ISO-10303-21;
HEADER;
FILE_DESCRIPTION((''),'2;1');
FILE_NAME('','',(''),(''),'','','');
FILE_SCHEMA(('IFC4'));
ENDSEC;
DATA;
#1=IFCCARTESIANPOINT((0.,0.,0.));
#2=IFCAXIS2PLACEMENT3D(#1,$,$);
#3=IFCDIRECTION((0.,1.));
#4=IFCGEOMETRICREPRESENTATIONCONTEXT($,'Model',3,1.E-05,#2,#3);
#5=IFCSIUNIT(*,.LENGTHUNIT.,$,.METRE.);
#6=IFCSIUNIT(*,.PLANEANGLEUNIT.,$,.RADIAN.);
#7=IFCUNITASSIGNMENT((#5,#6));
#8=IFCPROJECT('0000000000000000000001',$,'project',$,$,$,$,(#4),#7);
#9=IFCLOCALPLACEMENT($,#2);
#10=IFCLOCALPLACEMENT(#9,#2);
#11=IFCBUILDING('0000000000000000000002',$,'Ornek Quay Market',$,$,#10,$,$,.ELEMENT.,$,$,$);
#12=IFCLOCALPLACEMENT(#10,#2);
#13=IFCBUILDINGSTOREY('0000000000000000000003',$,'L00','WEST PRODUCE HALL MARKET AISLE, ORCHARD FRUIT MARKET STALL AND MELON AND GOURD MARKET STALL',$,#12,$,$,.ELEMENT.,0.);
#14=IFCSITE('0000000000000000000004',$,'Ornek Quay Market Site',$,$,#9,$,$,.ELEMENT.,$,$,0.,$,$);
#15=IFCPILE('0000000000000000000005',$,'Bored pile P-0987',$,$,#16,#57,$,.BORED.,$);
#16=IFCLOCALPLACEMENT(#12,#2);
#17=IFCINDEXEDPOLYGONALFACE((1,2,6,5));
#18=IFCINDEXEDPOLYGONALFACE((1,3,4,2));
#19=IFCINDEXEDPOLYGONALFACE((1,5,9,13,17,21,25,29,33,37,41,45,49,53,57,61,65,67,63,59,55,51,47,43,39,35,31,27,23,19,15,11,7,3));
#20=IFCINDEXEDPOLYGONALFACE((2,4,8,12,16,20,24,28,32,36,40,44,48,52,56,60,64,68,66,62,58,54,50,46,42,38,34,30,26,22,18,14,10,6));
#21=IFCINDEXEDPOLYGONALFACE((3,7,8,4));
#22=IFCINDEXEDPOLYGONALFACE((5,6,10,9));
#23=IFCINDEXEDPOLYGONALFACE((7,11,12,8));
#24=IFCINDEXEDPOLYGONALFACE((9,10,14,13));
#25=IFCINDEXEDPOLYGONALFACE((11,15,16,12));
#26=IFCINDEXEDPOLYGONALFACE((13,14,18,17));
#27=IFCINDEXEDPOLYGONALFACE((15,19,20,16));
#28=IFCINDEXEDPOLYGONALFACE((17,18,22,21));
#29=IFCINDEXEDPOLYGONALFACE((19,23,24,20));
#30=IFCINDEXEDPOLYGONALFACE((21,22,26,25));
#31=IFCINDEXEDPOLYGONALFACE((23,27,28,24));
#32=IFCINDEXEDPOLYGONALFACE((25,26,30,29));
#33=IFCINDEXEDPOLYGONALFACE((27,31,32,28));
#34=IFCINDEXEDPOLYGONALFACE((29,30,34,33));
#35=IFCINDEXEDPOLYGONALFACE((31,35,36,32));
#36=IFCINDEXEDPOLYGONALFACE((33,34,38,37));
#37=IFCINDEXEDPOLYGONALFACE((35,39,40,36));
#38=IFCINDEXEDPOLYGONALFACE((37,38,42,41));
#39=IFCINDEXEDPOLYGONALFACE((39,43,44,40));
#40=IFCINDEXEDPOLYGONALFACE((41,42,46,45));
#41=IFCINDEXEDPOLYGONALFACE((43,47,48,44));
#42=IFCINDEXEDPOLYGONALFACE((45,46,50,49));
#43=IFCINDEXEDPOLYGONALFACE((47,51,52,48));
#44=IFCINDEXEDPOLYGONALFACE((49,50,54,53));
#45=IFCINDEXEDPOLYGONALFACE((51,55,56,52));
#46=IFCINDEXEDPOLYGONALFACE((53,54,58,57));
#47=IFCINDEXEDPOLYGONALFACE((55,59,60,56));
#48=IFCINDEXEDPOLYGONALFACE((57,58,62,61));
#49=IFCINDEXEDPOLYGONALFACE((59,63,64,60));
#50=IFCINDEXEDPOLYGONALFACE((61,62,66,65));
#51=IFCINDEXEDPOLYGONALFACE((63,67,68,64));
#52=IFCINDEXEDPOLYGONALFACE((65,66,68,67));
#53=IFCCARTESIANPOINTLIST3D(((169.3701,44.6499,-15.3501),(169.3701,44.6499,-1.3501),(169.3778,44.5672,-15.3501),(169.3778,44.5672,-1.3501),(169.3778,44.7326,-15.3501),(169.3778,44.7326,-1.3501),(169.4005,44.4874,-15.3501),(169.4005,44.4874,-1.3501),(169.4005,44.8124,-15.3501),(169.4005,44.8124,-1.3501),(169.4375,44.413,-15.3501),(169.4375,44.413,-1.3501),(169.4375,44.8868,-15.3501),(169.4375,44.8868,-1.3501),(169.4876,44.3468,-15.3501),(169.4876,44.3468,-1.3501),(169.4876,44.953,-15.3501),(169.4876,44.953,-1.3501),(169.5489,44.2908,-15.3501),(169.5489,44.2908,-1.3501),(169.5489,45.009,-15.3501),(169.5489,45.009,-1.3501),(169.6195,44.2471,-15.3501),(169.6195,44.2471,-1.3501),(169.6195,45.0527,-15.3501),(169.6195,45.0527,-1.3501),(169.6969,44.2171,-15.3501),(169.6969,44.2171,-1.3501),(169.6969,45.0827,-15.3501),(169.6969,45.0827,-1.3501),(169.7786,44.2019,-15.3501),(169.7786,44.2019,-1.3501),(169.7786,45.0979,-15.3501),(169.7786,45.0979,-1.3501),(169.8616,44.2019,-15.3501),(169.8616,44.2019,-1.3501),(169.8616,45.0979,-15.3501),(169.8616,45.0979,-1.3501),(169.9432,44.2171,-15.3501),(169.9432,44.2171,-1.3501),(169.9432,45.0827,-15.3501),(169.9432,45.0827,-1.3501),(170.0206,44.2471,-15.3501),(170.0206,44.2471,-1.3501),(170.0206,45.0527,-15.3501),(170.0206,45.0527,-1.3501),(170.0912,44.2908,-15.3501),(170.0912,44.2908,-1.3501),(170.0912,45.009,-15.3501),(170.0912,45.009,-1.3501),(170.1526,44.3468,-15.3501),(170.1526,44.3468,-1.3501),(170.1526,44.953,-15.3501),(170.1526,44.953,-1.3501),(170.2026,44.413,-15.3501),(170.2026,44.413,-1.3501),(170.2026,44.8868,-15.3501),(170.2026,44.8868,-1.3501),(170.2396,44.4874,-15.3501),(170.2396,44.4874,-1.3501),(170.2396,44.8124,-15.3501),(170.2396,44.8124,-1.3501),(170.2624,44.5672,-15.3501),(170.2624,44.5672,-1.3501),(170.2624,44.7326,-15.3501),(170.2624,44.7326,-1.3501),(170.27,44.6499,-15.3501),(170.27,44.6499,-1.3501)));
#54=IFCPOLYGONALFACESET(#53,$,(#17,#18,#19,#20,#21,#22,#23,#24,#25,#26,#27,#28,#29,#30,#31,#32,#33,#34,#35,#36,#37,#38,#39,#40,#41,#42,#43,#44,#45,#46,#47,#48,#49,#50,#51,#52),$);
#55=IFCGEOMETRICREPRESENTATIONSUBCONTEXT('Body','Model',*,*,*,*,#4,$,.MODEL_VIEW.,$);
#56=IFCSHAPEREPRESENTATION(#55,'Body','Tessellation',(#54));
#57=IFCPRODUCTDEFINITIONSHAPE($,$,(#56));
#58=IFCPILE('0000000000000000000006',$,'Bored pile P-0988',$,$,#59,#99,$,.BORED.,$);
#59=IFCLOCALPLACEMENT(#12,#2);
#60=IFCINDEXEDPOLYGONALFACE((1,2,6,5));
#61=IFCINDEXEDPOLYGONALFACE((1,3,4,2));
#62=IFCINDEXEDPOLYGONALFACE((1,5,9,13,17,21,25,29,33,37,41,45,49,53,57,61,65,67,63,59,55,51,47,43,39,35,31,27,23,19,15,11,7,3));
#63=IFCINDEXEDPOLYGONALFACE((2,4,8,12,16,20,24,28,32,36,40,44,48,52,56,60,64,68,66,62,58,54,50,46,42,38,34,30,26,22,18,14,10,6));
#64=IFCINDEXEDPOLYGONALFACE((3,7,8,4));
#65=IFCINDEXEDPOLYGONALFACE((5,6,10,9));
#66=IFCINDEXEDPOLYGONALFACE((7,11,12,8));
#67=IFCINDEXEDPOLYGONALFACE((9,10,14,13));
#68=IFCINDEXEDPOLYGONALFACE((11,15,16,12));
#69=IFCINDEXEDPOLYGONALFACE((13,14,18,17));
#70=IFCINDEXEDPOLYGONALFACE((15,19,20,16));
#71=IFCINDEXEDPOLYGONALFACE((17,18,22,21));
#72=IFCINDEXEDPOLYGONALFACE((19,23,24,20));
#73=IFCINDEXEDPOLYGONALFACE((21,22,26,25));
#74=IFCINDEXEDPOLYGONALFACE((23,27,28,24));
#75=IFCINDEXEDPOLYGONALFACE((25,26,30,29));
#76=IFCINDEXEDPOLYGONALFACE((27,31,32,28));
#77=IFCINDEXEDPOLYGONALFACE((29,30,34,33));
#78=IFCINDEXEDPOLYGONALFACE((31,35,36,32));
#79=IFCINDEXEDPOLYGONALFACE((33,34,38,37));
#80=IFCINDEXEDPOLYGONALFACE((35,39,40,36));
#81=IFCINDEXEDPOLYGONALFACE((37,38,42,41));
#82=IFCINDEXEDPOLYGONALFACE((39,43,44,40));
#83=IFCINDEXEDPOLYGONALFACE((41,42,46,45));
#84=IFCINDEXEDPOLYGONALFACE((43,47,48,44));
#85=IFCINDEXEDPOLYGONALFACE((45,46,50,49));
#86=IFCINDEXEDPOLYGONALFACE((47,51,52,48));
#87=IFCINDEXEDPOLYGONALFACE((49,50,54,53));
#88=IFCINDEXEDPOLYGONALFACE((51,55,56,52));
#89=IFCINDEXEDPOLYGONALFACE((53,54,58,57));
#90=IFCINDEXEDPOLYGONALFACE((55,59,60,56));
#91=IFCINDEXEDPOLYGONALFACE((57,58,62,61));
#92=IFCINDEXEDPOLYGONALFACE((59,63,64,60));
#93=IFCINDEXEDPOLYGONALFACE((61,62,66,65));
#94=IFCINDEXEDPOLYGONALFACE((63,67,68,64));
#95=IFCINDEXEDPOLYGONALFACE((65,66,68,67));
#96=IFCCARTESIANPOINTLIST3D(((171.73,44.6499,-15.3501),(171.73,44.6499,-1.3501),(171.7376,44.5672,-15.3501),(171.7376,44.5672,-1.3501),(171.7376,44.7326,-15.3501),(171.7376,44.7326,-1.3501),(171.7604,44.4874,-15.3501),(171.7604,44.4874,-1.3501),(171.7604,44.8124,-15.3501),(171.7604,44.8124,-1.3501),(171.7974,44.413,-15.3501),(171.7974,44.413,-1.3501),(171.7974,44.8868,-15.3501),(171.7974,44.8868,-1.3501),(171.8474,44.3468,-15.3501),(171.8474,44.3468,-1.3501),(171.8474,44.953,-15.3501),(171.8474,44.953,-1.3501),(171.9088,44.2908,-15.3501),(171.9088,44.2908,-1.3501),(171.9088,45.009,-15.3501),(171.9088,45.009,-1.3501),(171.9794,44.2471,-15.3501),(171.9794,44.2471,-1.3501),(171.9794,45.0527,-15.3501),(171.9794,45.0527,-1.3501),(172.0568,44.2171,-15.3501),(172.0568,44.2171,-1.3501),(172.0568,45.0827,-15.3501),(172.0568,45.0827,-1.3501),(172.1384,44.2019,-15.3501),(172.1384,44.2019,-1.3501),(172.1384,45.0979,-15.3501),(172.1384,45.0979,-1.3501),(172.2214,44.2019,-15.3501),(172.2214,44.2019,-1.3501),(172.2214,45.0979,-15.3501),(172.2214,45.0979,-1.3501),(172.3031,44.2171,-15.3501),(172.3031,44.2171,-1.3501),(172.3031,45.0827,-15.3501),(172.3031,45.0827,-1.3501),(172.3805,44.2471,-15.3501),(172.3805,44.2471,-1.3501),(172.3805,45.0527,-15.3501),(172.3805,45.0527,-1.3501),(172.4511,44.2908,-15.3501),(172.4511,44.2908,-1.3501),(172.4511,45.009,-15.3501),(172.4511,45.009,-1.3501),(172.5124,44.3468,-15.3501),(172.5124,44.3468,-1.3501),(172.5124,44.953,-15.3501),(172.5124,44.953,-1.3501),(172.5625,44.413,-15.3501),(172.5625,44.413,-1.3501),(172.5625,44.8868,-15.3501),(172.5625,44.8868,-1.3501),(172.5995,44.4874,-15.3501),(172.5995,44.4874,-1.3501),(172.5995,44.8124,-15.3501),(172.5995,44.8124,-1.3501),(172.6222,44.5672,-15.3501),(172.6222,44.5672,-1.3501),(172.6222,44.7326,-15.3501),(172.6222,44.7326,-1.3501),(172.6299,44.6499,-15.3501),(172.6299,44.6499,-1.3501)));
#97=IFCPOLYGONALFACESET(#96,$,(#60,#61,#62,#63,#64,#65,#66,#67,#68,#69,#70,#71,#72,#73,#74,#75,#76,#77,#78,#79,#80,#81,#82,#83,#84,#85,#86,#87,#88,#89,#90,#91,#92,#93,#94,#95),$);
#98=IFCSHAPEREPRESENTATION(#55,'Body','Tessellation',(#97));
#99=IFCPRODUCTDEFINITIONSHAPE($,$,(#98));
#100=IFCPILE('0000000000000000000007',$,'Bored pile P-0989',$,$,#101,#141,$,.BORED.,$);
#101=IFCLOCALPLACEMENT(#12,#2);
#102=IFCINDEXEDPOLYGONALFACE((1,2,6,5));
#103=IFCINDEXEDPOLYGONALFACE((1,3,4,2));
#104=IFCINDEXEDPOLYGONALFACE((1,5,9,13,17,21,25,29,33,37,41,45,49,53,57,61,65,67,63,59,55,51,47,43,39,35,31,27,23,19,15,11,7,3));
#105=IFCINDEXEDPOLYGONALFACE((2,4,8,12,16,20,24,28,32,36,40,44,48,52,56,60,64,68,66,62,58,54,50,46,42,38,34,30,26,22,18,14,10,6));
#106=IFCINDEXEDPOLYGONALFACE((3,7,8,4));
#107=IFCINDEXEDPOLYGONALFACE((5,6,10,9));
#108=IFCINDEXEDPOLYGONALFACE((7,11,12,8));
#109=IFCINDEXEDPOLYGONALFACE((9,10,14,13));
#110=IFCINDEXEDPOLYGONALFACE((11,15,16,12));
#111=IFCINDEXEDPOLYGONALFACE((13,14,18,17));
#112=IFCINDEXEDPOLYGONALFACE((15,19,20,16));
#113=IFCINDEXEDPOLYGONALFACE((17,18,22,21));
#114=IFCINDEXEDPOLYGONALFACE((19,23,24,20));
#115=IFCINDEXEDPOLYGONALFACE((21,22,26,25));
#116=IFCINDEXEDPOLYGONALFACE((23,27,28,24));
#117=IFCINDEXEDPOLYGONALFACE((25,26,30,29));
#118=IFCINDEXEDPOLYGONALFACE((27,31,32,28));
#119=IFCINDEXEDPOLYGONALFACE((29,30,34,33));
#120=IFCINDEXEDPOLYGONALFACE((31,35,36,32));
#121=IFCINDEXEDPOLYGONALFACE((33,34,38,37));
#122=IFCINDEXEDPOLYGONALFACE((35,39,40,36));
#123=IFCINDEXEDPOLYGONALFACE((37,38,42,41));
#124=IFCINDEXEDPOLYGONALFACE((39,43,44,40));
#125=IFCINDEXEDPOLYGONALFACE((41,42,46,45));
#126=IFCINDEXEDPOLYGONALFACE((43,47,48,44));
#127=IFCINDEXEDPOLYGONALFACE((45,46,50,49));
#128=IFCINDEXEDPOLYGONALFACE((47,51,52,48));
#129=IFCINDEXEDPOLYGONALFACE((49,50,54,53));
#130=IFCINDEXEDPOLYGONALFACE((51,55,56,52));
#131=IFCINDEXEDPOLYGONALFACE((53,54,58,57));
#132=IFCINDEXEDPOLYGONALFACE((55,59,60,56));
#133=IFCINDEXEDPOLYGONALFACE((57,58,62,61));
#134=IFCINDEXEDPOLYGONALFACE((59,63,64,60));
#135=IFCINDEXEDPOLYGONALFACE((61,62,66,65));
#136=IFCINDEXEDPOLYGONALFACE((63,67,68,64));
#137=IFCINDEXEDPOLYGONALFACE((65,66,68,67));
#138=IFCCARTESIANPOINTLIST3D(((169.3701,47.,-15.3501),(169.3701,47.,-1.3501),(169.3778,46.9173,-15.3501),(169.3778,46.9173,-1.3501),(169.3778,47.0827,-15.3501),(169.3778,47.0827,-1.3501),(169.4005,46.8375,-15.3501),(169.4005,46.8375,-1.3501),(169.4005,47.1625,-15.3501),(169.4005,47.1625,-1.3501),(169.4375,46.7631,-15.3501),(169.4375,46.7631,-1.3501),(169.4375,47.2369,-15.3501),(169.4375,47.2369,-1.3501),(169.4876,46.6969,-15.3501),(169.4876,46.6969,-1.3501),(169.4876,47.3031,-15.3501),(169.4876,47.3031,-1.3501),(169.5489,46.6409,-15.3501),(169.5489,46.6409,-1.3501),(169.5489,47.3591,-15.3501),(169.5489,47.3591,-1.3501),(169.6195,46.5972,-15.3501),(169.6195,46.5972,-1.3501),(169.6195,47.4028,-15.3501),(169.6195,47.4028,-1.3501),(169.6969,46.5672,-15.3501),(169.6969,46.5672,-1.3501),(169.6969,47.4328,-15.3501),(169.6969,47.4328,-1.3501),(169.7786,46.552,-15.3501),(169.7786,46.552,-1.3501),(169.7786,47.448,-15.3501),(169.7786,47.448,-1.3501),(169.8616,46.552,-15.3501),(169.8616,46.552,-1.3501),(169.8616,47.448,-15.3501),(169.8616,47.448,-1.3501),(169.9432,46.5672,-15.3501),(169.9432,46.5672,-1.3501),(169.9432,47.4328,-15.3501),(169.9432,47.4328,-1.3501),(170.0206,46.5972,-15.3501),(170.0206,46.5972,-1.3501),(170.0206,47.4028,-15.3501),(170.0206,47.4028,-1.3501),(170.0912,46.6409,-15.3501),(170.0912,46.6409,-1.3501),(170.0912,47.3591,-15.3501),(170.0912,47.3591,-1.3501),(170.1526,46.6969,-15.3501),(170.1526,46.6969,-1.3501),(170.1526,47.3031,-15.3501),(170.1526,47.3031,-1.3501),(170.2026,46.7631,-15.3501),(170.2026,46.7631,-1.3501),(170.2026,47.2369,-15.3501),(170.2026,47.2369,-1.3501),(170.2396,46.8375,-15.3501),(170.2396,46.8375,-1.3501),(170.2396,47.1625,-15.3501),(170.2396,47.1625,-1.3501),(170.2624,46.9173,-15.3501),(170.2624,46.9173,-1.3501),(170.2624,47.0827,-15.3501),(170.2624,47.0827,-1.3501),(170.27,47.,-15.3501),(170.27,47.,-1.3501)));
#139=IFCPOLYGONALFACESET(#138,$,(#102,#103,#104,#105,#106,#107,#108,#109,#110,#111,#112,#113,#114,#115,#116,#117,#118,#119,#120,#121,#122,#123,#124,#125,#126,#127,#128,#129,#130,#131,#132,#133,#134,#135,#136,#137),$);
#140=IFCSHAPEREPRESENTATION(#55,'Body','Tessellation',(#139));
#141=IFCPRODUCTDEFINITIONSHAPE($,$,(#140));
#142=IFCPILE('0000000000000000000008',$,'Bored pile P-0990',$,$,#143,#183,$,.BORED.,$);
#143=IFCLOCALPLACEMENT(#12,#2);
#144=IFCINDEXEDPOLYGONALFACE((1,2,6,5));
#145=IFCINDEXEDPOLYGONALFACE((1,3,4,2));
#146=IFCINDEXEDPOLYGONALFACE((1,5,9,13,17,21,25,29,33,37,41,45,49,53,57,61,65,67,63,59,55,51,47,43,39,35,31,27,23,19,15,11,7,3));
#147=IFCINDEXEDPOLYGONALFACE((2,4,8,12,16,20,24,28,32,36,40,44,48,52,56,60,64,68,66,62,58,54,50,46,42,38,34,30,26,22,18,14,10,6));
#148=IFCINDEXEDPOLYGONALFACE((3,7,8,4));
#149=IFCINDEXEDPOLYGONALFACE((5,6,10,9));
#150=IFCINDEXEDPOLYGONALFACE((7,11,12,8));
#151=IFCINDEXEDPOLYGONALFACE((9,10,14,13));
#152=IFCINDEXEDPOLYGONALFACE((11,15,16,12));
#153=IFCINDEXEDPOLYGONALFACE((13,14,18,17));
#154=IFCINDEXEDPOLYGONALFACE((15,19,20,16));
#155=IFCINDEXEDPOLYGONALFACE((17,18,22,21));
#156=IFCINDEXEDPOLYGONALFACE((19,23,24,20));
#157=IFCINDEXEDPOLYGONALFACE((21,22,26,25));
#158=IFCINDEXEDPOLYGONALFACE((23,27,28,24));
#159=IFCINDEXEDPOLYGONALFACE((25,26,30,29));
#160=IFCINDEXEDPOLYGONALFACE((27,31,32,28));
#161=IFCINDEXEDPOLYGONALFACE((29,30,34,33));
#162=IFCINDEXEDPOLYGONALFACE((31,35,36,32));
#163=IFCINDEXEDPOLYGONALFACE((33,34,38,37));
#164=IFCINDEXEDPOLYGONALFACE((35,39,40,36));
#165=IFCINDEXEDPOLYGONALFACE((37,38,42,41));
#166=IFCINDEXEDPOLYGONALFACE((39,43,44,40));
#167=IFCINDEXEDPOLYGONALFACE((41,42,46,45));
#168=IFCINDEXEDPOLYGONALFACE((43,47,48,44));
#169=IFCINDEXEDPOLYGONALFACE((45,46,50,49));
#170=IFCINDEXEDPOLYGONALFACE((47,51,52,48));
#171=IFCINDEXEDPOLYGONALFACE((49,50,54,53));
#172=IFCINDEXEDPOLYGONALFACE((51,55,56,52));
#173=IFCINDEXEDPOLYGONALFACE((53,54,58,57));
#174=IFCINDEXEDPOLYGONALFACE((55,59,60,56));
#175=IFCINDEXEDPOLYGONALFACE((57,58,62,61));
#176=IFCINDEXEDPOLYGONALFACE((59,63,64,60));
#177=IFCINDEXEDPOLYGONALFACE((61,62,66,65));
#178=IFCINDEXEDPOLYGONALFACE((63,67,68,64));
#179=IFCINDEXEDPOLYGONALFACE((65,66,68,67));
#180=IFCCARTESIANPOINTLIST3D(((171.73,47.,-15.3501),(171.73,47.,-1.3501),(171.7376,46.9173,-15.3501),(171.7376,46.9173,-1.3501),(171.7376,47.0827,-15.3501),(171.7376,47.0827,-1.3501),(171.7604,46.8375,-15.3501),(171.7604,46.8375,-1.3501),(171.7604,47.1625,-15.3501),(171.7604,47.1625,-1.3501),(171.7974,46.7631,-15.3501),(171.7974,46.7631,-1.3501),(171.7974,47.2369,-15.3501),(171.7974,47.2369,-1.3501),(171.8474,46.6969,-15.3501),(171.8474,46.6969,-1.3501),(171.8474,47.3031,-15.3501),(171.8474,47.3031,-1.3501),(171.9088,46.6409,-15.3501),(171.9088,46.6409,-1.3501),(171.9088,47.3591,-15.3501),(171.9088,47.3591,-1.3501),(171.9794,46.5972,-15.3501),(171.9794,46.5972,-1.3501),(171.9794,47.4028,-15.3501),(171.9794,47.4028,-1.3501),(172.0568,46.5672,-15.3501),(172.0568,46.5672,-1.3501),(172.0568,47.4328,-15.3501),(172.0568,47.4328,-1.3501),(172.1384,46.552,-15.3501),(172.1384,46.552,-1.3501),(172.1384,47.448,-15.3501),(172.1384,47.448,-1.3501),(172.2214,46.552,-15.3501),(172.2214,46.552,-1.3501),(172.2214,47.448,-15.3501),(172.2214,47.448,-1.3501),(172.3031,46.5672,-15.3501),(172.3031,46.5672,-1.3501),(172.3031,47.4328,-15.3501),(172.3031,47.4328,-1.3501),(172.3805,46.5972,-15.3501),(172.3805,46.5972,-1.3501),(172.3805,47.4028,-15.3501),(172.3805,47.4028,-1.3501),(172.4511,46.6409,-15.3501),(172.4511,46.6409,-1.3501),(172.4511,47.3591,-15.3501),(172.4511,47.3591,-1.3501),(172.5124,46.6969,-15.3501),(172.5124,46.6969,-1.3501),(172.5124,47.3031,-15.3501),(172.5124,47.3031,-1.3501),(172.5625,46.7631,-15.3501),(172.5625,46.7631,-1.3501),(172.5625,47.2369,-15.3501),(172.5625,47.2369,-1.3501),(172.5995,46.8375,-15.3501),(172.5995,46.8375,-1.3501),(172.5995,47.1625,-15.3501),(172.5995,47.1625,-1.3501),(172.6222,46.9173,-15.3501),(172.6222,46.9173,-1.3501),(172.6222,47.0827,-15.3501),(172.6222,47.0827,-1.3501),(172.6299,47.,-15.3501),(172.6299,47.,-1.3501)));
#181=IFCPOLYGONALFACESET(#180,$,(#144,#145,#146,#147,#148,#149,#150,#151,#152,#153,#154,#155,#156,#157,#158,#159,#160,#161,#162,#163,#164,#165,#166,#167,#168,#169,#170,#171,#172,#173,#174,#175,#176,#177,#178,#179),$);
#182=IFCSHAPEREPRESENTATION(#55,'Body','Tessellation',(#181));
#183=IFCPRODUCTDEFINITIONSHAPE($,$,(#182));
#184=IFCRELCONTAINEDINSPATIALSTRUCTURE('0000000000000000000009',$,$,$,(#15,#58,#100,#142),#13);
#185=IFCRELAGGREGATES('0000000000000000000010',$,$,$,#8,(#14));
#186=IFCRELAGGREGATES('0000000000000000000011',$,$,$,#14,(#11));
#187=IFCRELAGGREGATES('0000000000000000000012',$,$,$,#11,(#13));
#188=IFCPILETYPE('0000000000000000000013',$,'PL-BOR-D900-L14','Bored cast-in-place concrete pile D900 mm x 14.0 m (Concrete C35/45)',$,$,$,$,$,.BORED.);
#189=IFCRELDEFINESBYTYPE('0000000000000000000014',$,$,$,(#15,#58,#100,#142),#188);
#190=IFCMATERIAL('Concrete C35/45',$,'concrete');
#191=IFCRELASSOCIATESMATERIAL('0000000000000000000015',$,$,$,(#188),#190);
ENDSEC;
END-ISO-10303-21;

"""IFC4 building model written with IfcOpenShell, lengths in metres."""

from ifc_helpers import new_model, si_unit, direction, frame, origin, origin_2d, place, context, subcontext, project, spatial, circle, extrude, material, material_profile, profile_set, type_object, element, save


model = new_model("IFC4")

# Units and contexts
model_context = context("Model", 3, precision=1e-05, world=origin(), true_north=direction((0.0, 1.0)))
body_context = subcontext(model_context, "Body", "Model", "MODEL_VIEW")
ifc_project = project(units=[si_unit("LENGTHUNIT", "METRE"), si_unit("PLANEANGLEUNIT", "RADIAN")], contexts=[model_context])

# Site, building, storey
site_placement = place(None, origin())
site = spatial("IfcSite", under=ifc_project, at=site_placement, Name="Ornek Quay Market Site", CompositionType="ELEMENT", RefElevation=0.0)
building_placement = place(site_placement, origin())
building = spatial("IfcBuilding", under=site, at=building_placement, Name="Ornek Quay Market", CompositionType="ELEMENT")
storey_placement = place(building_placement, origin())
storey = spatial("IfcBuildingStorey", under=building, at=storey_placement, Name="L00", Description="WEST PRODUCE HALL MARKET AISLE, ORCHARD FRUIT MARKET STALL AND MELON AND GOURD MARKET STALL", CompositionType="ELEMENT", Elevation=0.0)

# Piles
ifc_material_1 = material(Name="Concrete C35/45", Category="concrete")
ifc_material_profile_1 = material_profile(ifc_material_1, circle(Radius=0.45, at=origin_2d()), Name="PILE D900", Category="concrete")
ifc_profile_set_1 = profile_set([ifc_material_profile_1], Name="Concrete C35/45")
pile_type = type_object("IfcPileType", Name="PL-BOR-D900-L14", Description="Bored cast-in-place concrete pile D900 mm x 14.0 m (Concrete C35/45)", PredefinedType="BORED", material=ifc_profile_set_1)
for number, where, z_axis, x_axis, name in (
    (1, (169.8201, 44.6499, -1.3501), (0.0, 0.0, -1.0), (1.0, 0.0, 0.0), "Bored pile P-0987"),
    (2, (172.1799, 44.6499, -1.3501), (0.0, 0.0, -1.0), (1.0, 0.0, 0.0), "Bored pile P-0988"),
    (3, (169.8201, 47.0, -1.3501), (0.0, 0.0, -1.0), (1.0, 0.0, 0.0), "Bored pile P-0989"),
    (4, (172.1799, 47.0, -1.3501), (0.0, 0.0, -1.0), (1.0, 0.0, 0.0), "Bored pile P-0990"),
):
    element("IfcPile", number, at=place(storey_placement, frame(where, z_axis=z_axis, x_axis=x_axis)), inside=storey, type_object=pile_type, Name=name, PredefinedType="BORED", context=body_context, shape_type="SweptSolid", body=[
        extrude(circle(Radius=0.45, at=origin_2d()), origin(), (0.0, 0.0, 1.0), 14.0),
    ])

save(model, "model.ifc")
